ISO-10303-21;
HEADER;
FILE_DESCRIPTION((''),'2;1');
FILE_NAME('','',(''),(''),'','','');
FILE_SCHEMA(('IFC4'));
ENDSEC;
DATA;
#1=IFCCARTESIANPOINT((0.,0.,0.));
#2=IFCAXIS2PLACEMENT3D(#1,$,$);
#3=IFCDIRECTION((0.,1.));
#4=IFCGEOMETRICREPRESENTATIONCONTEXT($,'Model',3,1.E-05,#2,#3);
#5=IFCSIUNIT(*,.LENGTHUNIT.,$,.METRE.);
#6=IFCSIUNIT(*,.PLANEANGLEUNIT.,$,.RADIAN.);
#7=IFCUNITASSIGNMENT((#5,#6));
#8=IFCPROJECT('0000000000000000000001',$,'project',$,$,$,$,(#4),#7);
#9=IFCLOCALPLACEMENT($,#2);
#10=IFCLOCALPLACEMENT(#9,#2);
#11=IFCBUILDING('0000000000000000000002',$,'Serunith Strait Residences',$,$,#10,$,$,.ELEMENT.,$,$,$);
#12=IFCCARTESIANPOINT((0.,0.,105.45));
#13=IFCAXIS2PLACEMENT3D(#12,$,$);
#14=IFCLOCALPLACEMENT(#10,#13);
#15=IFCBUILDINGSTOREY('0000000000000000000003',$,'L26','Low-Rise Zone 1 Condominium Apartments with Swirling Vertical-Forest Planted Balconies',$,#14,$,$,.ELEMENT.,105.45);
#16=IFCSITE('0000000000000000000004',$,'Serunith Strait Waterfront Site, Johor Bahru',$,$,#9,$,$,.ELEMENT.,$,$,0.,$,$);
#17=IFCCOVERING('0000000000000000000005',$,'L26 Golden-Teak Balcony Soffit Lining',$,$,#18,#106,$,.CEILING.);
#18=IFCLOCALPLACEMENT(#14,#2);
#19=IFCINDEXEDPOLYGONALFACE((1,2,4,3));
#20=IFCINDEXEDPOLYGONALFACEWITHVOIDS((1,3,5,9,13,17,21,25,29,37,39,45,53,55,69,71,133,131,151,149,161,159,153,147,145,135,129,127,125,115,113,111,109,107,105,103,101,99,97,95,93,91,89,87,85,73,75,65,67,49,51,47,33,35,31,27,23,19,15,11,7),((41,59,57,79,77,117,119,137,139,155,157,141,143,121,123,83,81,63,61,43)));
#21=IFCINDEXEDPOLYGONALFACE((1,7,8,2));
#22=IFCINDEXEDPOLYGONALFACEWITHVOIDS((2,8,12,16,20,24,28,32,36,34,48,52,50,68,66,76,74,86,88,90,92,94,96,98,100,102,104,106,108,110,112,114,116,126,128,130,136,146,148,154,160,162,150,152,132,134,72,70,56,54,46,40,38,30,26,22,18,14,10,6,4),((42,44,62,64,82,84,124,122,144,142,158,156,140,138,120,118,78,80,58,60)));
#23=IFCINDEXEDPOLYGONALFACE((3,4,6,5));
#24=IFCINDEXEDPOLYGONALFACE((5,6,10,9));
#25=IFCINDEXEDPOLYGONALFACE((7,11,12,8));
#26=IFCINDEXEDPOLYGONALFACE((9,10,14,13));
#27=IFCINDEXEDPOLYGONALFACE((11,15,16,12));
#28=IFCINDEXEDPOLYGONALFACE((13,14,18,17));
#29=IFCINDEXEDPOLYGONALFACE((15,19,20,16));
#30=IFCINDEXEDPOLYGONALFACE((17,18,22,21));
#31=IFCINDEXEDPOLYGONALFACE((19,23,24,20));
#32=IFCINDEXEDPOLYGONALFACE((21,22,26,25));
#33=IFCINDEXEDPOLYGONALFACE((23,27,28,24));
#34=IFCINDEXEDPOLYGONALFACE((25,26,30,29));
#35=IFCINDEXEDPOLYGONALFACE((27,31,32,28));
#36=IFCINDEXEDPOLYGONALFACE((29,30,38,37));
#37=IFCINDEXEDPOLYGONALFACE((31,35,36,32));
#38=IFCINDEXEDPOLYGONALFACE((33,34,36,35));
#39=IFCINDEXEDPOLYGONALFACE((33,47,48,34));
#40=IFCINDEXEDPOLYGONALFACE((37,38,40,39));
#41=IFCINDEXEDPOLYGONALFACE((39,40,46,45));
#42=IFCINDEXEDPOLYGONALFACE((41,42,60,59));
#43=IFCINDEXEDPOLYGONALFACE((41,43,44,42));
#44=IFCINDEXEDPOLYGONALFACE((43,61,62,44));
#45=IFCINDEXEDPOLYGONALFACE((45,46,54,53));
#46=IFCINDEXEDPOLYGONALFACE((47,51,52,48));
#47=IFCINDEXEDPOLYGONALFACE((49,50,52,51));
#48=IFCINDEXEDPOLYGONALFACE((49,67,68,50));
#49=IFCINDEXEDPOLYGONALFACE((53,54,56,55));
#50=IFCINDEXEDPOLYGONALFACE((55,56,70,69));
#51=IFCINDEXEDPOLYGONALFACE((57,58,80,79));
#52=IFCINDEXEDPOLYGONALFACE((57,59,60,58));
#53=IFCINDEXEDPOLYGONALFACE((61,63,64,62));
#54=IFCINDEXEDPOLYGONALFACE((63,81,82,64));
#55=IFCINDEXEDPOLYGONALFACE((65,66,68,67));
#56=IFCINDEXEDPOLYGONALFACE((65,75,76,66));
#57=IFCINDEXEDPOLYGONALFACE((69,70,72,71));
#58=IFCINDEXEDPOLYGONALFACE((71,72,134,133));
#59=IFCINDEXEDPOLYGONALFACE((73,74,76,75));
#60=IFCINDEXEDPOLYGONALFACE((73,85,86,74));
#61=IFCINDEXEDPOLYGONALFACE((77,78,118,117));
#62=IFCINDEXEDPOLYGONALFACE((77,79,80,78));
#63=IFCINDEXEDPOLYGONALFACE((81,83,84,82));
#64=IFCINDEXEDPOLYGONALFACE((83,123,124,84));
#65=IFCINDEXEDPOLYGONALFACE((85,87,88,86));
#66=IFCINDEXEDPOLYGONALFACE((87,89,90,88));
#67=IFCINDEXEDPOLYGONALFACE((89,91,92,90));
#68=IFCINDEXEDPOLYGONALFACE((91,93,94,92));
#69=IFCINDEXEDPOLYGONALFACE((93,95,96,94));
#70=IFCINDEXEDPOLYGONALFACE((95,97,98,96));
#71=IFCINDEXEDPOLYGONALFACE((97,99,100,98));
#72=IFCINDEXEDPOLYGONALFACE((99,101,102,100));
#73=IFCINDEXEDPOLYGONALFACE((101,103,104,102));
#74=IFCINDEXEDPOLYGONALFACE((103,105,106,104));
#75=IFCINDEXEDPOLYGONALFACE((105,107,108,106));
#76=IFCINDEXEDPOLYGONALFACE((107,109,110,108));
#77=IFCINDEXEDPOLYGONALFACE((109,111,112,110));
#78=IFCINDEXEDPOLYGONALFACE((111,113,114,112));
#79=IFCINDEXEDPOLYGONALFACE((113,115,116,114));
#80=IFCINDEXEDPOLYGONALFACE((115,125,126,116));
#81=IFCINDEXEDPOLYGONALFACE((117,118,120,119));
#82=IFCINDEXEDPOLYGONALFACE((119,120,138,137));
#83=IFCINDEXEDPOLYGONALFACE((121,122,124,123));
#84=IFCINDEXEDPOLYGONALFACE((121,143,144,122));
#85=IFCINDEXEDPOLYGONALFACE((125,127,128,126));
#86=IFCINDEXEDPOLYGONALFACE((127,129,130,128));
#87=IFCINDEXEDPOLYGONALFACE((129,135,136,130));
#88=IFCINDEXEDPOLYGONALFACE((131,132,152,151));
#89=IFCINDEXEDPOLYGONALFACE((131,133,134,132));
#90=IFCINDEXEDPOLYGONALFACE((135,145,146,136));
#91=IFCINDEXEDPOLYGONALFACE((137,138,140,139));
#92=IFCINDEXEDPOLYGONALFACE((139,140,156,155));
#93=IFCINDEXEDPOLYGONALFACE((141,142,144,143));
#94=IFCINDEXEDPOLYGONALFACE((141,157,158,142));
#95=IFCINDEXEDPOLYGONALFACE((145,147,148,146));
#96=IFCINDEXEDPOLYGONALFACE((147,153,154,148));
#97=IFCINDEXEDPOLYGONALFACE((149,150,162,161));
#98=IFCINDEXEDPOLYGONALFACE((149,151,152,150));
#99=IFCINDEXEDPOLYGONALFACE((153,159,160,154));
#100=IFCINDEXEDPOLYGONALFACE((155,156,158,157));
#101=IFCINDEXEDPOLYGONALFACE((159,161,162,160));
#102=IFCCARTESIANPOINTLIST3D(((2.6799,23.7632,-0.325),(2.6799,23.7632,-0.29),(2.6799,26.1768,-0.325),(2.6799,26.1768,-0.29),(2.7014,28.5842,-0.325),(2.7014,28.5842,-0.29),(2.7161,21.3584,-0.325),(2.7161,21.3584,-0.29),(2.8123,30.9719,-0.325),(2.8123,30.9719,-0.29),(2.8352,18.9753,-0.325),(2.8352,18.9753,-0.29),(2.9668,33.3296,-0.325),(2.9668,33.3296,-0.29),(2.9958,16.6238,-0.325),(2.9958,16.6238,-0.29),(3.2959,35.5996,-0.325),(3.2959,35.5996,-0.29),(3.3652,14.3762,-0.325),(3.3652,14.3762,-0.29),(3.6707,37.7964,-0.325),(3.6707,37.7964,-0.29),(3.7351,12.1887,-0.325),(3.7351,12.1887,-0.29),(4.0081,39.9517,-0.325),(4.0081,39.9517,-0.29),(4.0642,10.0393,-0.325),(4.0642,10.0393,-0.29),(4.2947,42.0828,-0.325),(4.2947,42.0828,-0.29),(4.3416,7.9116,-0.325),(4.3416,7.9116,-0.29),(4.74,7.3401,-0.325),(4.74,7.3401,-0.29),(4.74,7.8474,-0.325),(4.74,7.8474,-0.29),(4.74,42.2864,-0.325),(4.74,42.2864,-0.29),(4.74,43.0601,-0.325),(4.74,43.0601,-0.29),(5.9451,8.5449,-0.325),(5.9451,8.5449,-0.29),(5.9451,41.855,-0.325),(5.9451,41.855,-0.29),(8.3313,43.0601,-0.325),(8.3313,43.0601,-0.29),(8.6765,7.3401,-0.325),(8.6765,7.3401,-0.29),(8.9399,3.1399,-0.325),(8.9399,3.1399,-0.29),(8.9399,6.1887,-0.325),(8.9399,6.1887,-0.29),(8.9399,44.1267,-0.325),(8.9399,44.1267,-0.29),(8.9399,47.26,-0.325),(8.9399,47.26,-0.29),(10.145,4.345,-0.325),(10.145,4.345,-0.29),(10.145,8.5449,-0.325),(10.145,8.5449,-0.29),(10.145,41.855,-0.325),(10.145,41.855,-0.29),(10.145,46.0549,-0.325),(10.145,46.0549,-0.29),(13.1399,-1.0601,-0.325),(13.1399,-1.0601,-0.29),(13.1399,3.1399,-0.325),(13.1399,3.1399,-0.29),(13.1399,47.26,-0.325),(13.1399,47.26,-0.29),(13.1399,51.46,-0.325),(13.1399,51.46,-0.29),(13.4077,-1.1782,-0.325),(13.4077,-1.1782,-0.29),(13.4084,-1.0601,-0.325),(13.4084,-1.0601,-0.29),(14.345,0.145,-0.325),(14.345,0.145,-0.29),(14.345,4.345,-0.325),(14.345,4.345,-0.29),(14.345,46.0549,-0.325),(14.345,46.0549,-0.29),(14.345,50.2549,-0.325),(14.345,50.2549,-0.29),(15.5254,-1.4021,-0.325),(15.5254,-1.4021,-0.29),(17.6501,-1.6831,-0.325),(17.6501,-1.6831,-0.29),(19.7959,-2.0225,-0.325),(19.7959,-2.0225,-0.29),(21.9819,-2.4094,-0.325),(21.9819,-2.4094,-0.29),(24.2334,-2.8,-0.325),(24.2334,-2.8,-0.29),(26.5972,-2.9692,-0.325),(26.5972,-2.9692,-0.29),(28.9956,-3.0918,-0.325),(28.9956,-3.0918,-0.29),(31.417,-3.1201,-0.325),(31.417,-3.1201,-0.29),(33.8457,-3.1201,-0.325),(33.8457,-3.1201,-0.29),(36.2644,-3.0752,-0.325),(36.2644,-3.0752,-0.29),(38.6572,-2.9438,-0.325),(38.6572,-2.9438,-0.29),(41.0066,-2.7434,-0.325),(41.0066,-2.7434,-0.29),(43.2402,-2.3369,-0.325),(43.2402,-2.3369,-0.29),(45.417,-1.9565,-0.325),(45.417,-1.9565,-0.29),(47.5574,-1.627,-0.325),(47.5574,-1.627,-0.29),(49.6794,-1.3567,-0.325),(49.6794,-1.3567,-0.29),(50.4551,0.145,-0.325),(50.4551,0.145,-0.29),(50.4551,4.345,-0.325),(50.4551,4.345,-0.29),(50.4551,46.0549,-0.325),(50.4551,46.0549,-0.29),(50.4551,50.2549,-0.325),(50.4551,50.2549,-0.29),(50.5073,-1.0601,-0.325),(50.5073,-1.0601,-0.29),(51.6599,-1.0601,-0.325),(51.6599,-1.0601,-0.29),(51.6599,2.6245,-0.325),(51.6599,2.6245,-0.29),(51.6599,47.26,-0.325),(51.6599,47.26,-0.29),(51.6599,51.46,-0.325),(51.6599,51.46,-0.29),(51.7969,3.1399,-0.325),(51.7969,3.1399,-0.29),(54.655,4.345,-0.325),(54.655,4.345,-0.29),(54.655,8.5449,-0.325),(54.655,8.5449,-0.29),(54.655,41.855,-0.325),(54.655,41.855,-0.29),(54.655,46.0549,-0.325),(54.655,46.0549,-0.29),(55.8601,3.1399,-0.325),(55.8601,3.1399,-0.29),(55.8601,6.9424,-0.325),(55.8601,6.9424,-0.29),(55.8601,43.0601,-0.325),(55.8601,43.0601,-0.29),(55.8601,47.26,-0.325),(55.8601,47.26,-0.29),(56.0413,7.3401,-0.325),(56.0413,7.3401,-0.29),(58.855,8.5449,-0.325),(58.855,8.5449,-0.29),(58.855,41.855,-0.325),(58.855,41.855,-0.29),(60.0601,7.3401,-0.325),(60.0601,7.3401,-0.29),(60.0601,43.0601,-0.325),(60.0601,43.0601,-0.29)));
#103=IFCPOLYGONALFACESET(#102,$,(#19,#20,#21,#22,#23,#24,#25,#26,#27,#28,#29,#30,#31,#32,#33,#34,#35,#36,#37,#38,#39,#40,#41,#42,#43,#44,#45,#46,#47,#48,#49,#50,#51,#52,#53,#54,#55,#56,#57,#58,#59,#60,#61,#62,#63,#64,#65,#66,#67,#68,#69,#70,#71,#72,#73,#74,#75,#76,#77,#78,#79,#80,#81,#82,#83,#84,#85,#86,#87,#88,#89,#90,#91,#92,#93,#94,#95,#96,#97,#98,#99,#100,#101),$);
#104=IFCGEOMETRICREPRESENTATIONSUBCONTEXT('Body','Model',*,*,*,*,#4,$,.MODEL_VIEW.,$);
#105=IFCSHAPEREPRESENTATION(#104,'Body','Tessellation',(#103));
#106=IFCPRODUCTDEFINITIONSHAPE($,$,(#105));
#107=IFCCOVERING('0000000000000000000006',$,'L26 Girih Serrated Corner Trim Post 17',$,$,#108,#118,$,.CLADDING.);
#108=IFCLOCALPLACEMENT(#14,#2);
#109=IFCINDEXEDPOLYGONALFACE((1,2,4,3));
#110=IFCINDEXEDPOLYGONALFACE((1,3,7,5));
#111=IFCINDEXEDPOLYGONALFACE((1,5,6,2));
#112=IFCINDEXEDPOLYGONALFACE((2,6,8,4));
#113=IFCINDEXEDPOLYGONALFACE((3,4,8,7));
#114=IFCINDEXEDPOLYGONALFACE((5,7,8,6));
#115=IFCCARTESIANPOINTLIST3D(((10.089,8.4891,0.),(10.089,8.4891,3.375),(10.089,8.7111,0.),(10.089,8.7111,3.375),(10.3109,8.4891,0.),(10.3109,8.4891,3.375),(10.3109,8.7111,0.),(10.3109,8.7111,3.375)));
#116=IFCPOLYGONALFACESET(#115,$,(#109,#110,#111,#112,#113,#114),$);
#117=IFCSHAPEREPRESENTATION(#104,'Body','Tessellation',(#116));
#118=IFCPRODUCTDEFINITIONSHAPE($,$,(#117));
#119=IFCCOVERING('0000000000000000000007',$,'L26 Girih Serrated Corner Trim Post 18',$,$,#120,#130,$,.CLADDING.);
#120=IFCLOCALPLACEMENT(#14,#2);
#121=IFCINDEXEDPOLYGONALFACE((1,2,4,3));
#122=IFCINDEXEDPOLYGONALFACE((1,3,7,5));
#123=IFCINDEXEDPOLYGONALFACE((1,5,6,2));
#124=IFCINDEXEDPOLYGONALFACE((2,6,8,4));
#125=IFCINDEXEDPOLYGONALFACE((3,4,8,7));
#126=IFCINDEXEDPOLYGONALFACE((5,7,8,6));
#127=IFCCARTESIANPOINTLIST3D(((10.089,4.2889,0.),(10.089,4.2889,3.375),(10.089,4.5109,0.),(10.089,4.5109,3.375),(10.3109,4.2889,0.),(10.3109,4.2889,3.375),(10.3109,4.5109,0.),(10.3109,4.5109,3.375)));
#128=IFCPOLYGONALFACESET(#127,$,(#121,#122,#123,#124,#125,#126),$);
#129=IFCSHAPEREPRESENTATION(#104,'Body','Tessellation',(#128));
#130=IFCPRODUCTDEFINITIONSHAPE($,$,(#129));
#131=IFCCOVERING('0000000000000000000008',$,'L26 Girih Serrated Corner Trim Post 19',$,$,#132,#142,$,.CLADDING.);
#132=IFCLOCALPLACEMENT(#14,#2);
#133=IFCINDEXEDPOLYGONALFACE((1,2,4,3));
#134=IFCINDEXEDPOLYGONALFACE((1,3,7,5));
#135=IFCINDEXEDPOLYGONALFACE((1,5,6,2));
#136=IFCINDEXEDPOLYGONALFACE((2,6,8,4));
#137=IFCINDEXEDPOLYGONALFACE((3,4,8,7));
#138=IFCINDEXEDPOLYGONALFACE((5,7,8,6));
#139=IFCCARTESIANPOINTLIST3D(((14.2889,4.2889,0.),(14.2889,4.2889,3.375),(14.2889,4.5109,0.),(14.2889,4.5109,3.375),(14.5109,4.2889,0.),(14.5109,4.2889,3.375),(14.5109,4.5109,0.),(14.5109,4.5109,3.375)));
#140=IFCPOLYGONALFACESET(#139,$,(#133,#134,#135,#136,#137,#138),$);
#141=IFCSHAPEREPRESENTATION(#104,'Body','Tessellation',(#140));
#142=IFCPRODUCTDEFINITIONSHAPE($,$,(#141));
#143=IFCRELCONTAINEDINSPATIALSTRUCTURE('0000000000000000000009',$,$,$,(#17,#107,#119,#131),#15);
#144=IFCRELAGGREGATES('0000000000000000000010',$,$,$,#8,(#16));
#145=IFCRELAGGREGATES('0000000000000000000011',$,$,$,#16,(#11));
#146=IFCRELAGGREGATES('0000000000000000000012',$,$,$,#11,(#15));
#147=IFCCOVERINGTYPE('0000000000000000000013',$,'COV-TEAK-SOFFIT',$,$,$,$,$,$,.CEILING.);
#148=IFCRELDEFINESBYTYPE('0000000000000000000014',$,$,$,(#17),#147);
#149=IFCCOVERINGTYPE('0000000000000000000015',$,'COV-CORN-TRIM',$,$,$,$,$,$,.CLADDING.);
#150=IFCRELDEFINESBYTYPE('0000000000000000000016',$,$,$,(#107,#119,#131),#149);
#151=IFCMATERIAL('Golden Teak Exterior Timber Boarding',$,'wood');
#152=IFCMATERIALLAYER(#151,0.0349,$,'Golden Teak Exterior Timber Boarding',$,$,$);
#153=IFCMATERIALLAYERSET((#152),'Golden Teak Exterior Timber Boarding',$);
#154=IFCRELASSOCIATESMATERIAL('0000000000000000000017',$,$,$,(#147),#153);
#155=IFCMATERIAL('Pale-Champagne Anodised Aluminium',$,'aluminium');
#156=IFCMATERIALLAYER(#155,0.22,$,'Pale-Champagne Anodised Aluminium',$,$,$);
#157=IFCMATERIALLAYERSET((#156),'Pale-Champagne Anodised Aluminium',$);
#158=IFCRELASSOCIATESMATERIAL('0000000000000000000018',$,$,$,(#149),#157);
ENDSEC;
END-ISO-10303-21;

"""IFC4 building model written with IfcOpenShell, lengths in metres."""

from ifc_helpers import new_model, si_unit, direction, frame, origin, origin_2d, place, context, subcontext, project, spatial, polyline, rectangle, outline, extrude, source, transform, mapped, material, layer, layer_set, type_object, element, save


model = new_model("IFC4")

# Units and contexts
model_context = context("Model", 3, precision=1e-05, world=origin(), true_north=direction((0.0, 1.0)))
body_context = subcontext(model_context, "Body", "Model", "MODEL_VIEW")
ifc_project = project(units=[si_unit("LENGTHUNIT", "METRE"), si_unit("PLANEANGLEUNIT", "RADIAN")], contexts=[model_context])

# Site, building, storey
site_placement = place(None, origin())
site = spatial("IfcSite", under=ifc_project, at=site_placement, Name="Serunith Strait Waterfront Site, Johor Bahru", CompositionType="ELEMENT", RefElevation=0.0)
building_placement = place(site_placement, origin())
building = spatial("IfcBuilding", under=site, at=building_placement, Name="Serunith Strait Residences", CompositionType="ELEMENT")
storey_placement = place(building_placement, frame((0.0, 0.0, 105.45)))
storey = spatial("IfcBuildingStorey", under=building, at=storey_placement, Name="L26", Description="Low-Rise Zone 1 Condominium Apartments with Swirling Vertical-Forest Planted Balconies", CompositionType="ELEMENT", Elevation=105.45)

# Shared definitions
ifc_material_1 = material(Name="Pale-Champagne Anodised Aluminium", Category="aluminium")

# Covering
ifc_material_2 = material(Name="Golden Teak Exterior Timber Boarding", Category="wood")
ifc_layer_1 = layer(ifc_material_2, 0.0349, Name="Golden Teak Exterior Timber Boarding")
ifc_layer_set_1 = layer_set([ifc_layer_1], Name="Golden Teak Exterior Timber Boarding")
covering_type_1 = type_object("IfcCoveringType", Name="COV-TEAK-SOFFIT", PredefinedType="CEILING", material=ifc_layer_set_1)
covering_placement = place(storey_placement, frame((0.0, 0.0, -0.325)))
element("IfcCovering", 1, at=covering_placement, inside=storey, type_object=covering_type_1, Name="L26 Golden-Teak Balcony Soffit Lining", PredefinedType="CEILING", context=body_context, shape_type="SweptSolid", body=[
    extrude(outline(polyline([(13.1399, 3.1399), (8.9399, 3.1399), (8.9399, 6.1887), (8.6765, 7.3401), (4.74, 7.3401), (4.74, 7.8474), (4.3416, 7.9116), (4.0642, 10.0393), (3.7351, 12.1887), (3.3652, 14.3762), (2.9958, 16.6238), (2.8352, 18.9753), (2.7161, 21.3584), (2.6799, 23.7632), (2.6799, 26.1768), (2.7014, 28.5842), (2.8123, 30.9719), (2.9668, 33.3296), (3.2959, 35.5996), (3.6707, 37.7964), (4.0081, 39.9517), (4.2947, 42.0828), (4.74, 42.2864), (4.74, 43.0601), (8.3313, 43.0601), (8.9399, 44.1267), (8.9399, 47.26), (13.1399, 47.26), (13.1399, 51.46), (51.6599, 51.46), (51.6599, 47.26), (55.8601, 47.26), (55.8601, 43.0601), (60.0601, 43.0601), (60.0601, 7.3401), (56.0413, 7.3401), (55.8601, 6.9424), (55.8601, 3.1399), (51.7969, 3.1399), (51.6599, 2.6245), (51.6599, -1.0601), (50.5073, -1.0601), (49.6794, -1.3567), (47.5574, -1.627), (45.417, -1.9565), (43.2402, -2.3369), (41.0066, -2.7434), (38.6572, -2.9438), (36.2644, -3.0752), (33.8457, -3.1201), (31.417, -3.1201), (28.9956, -3.0918), (26.5972, -2.9692), (24.2334, -2.8), (21.9819, -2.4094), (19.7959, -2.0225), (17.6501, -1.6831), (15.5254, -1.4021), (13.4077, -1.1782), (13.4084, -1.0601), (13.1399, -1.0601), (13.1399, 3.1399)]), holes=[polyline([(50.4551, 0.145), (50.4551, 4.345), (54.655, 4.345), (54.655, 8.5449), (58.855, 8.5449), (58.855, 41.855), (54.655, 41.855), (54.655, 46.0549), (50.4551, 46.0549), (50.4551, 50.2549), (14.345, 50.2549), (14.345, 46.0549), (10.145, 46.0549), (10.145, 41.855), (5.9451, 41.855), (5.9451, 8.5449), (10.145, 8.5449), (10.145, 4.345), (14.345, 4.345), (14.345, 0.145), (50.4551, 0.145)])]), origin(), (0.0, 0.0, 1.0), 0.0349),
])

# Coverings
ifc_layer_2 = layer(ifc_material_1, 0.22, Name="Pale-Champagne Anodised Aluminium")
ifc_layer_set_2 = layer_set([ifc_layer_2], Name="Pale-Champagne Anodised Aluminium")
covering_type_2 = type_object("IfcCoveringType", Name="COV-CORN-TRIM", PredefinedType="CLADDING", material=ifc_layer_set_2)
shared_shape_1 = source(origin(), body_context, "Body", "SweptSolid", [
    extrude(rectangle(XDim=0.2219, YDim=0.2219, at=origin_2d()), origin(), (0.0, 0.0, 1.0), 3.375),
])
for number, where, z_axis, x_axis, name in (
    (2, (10.2, 8.6001, 0.0), (0.0, 0.0, 1.0), (1.0, 0.0, 0.0), "L26 Girih Serrated Corner Trim Post 17"),
    (3, (10.2, 4.3999, 0.0), (0.0, 0.0, 1.0), (1.0, 0.0, 0.0), "L26 Girih Serrated Corner Trim Post 18"),
    (4, (14.3999, 4.3999, 0.0), (0.0, 0.0, 1.0), (1.0, 0.0, 0.0), "L26 Girih Serrated Corner Trim Post 19"),
):
    element("IfcCovering", number, at=place(storey_placement, frame(where, z_axis=z_axis, x_axis=x_axis)), inside=storey, type_object=covering_type_2, Name=name, PredefinedType="CLADDING", context=body_context, shape_type="MappedRepresentation", body=[
        mapped(shared_shape_1, transform((0.0, 0.0, 0.0), scale=1.0)),
    ])

save(model, "model.ifc")
